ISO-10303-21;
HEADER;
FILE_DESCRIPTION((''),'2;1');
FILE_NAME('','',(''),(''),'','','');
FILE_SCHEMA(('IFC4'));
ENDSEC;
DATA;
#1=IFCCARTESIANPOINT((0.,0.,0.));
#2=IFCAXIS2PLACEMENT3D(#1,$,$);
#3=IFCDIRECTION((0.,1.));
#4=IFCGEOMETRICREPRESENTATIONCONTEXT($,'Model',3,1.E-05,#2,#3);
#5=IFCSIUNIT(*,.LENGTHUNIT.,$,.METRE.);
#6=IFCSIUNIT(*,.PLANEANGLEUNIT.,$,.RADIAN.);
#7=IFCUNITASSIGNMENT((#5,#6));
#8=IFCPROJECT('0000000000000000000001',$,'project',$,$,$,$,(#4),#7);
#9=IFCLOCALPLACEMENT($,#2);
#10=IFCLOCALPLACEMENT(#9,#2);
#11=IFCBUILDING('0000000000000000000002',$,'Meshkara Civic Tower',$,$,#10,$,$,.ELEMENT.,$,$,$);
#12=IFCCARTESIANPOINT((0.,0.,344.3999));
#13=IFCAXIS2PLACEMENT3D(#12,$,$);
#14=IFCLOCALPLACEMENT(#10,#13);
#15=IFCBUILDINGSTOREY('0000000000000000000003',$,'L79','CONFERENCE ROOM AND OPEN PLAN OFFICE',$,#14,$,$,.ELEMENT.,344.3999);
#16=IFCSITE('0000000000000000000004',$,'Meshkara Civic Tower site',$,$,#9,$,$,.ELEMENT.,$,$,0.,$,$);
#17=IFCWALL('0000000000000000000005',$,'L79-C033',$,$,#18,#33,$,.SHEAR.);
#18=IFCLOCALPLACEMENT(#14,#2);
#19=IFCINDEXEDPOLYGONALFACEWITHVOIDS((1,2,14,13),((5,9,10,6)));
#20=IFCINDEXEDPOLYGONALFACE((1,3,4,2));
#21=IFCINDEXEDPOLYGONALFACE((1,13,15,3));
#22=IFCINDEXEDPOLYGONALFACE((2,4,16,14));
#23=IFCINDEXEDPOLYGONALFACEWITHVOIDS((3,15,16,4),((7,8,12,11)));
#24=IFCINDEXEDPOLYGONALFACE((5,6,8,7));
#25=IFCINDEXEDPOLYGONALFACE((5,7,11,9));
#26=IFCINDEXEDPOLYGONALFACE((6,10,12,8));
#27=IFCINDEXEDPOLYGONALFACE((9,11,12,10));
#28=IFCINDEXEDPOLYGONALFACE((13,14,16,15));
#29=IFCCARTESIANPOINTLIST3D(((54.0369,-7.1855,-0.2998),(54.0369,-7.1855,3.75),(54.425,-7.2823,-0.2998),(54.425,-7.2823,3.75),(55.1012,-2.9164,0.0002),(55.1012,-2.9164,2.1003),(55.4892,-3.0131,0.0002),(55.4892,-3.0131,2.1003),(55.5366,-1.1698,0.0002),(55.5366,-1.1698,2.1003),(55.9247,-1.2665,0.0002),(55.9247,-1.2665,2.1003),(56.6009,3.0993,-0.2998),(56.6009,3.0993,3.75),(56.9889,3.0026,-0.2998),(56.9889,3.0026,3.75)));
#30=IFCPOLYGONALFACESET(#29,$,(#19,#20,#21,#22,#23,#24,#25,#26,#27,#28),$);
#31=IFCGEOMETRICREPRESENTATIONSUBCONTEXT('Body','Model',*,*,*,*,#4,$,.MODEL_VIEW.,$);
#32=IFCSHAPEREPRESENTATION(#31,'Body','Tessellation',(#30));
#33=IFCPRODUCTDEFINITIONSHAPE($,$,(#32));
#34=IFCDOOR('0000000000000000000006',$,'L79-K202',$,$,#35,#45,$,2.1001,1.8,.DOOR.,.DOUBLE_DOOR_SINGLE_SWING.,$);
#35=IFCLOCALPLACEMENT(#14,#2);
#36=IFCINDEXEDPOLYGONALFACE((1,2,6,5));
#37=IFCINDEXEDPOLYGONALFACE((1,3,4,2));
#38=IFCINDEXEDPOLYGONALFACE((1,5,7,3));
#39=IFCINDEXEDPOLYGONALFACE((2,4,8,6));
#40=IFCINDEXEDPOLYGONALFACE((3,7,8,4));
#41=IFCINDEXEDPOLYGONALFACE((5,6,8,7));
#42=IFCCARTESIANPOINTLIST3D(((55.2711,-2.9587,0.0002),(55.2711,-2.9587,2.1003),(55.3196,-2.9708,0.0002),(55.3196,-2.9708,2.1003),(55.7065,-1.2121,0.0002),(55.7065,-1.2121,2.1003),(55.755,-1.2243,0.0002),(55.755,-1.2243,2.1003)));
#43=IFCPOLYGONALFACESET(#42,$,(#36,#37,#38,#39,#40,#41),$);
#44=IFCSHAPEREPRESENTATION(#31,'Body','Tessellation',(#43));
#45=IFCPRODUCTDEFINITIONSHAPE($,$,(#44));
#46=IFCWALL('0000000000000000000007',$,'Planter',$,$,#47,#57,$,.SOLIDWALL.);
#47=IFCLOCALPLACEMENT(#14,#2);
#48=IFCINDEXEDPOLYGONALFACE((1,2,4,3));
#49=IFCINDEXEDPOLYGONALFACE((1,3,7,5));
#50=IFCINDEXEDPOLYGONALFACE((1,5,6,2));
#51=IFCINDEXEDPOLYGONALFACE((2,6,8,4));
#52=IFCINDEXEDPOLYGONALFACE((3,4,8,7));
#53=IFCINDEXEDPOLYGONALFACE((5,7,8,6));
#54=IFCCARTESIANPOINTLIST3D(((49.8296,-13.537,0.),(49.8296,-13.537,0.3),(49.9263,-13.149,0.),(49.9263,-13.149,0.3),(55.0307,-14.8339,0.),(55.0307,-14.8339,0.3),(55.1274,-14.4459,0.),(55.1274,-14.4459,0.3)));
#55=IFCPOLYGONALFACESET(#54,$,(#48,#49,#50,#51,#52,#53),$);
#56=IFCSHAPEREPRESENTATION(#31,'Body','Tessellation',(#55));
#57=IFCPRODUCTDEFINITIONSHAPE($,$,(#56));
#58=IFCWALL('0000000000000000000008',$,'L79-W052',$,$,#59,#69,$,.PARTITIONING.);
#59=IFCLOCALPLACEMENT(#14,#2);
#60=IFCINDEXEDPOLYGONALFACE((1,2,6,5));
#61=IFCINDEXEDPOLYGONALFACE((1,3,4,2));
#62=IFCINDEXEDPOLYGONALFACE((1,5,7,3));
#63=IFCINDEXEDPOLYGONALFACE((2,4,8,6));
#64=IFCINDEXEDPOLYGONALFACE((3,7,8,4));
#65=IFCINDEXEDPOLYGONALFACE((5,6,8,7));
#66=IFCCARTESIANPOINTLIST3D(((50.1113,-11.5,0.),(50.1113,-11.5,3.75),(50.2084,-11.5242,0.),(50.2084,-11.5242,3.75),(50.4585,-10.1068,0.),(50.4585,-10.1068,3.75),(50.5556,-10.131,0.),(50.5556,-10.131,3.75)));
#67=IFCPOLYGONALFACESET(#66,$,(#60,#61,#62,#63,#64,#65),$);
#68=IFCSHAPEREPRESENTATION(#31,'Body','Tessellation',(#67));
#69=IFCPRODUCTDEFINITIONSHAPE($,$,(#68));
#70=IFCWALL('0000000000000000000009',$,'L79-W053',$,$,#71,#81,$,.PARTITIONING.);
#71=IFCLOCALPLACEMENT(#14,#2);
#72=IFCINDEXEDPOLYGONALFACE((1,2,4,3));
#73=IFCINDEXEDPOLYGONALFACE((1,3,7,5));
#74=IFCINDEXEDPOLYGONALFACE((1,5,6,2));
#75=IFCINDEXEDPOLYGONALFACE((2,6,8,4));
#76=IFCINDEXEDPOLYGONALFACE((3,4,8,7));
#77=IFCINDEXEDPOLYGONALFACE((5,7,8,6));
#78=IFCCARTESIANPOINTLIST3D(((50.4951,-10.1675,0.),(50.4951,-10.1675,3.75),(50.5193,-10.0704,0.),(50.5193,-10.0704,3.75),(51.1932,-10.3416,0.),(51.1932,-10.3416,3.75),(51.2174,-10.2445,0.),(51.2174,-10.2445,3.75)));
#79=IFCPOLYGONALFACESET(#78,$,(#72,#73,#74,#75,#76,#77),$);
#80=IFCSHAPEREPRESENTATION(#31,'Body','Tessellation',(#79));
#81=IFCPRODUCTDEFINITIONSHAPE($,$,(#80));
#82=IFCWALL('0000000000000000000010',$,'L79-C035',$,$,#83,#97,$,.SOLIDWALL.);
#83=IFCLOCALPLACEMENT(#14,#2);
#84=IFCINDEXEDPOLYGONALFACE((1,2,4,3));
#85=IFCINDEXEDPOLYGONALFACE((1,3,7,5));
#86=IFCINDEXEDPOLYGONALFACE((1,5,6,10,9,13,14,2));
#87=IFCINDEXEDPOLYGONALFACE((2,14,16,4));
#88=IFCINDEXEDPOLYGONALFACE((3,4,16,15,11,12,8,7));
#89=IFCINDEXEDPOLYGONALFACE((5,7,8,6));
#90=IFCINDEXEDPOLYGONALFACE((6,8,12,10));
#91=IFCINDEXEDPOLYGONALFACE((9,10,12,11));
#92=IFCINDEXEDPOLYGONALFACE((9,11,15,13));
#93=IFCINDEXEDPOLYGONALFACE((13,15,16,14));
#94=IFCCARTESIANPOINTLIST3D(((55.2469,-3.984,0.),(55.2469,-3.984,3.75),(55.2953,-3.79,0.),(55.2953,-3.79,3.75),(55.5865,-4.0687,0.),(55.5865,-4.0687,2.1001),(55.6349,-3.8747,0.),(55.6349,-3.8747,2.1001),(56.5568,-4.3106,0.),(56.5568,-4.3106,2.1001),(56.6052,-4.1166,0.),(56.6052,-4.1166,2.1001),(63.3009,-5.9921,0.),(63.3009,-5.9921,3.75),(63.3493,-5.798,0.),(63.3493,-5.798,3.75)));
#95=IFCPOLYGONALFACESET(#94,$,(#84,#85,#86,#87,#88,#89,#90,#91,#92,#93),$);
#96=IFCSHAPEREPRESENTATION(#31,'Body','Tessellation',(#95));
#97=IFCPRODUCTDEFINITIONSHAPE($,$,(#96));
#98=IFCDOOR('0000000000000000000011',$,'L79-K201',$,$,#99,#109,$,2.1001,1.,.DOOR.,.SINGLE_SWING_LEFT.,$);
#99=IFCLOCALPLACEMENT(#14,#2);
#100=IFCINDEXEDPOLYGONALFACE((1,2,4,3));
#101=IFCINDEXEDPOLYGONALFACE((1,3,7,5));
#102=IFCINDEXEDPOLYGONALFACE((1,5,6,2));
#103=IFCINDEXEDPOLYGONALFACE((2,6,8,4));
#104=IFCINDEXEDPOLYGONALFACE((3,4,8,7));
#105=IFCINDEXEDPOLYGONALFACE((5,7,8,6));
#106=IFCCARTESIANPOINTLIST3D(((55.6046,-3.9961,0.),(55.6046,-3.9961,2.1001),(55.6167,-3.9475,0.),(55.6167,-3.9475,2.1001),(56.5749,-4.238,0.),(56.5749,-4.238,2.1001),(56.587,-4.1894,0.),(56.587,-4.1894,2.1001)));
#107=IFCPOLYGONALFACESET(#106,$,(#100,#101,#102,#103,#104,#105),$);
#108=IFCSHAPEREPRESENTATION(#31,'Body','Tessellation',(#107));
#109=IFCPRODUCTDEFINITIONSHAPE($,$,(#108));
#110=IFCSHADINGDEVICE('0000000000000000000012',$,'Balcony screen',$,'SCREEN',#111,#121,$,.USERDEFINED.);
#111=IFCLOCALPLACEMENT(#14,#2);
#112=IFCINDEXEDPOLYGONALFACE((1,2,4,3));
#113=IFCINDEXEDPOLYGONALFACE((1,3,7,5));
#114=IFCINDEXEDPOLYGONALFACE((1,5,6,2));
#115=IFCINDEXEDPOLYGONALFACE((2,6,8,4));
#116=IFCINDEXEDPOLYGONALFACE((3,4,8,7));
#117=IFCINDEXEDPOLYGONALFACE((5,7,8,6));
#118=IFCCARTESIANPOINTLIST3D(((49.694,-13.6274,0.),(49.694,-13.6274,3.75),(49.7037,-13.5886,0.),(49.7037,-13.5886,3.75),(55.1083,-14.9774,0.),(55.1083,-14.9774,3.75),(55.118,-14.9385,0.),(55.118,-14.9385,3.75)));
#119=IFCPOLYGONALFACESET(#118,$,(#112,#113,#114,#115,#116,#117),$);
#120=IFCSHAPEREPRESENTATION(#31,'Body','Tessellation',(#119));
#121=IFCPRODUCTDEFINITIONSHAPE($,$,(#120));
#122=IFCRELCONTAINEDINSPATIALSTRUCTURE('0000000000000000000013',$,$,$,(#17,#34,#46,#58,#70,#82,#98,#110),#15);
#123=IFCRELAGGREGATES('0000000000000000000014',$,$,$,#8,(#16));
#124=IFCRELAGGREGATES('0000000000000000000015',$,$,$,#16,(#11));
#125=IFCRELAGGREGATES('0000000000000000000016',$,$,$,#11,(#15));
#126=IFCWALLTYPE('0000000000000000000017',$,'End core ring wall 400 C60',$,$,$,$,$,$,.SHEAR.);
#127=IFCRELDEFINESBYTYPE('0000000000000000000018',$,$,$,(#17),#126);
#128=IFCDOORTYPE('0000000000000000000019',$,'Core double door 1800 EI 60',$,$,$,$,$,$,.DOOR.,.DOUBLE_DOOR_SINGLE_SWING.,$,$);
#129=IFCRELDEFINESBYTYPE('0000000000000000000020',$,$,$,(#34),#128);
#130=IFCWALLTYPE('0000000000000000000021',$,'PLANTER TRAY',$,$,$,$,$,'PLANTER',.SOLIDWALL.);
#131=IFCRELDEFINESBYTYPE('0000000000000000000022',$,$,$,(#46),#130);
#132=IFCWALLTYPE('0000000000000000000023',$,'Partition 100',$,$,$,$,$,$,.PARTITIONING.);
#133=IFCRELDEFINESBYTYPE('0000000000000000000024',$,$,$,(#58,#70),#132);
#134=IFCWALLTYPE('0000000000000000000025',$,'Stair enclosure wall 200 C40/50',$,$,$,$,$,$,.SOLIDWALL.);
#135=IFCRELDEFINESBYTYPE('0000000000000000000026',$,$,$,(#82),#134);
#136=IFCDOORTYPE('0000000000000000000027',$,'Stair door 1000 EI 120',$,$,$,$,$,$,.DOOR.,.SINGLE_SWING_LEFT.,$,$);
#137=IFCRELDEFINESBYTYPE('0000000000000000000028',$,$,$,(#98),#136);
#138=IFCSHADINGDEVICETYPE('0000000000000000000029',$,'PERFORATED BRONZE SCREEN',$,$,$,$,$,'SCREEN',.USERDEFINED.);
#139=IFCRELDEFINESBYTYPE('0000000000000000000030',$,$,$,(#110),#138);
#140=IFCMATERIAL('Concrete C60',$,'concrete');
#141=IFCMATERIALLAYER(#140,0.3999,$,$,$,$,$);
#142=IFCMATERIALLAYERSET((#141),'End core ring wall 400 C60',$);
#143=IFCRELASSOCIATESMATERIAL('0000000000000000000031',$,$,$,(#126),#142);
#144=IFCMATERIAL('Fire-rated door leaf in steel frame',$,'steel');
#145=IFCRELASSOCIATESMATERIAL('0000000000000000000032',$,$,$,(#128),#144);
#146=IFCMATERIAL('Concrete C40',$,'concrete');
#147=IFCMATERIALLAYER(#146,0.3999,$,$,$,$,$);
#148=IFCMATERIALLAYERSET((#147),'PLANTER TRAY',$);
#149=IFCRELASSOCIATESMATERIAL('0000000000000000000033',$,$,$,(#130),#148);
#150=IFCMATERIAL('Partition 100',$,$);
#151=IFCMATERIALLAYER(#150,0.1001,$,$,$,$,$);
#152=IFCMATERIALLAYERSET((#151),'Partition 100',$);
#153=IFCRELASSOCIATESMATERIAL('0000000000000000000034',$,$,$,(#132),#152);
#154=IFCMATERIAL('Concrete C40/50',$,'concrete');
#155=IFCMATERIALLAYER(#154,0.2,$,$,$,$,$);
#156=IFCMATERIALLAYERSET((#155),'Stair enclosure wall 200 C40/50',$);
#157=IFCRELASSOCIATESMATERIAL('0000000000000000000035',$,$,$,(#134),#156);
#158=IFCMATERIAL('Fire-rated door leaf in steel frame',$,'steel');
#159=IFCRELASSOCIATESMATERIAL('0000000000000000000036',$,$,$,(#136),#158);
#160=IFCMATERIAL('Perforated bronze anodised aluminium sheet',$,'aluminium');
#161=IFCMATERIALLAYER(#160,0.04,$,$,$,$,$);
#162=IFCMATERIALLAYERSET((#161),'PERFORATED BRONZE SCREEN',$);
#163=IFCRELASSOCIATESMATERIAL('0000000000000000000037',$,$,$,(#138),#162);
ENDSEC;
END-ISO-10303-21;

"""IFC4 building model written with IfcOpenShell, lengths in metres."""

from ifc_helpers import new_model, si_unit, direction, frame, frame_2d, origin, origin_2d, place, context, subcontext, project, spatial, rectangle, extrude, material, layer, layer_set, type_object, element, fill, save


model = new_model("IFC4")

# Units and contexts
model_context = context("Model", 3, precision=1e-05, world=origin(), true_north=direction((0.0, 1.0)))
body_context = subcontext(model_context, "Body", "Model", "MODEL_VIEW")
ifc_project = project(units=[si_unit("LENGTHUNIT", "METRE"), si_unit("PLANEANGLEUNIT", "RADIAN")], contexts=[model_context])

# Site, building, storey
site_placement = place(None, origin())
site = spatial("IfcSite", under=ifc_project, at=site_placement, Name="Meshkara Civic Tower site", CompositionType="ELEMENT", RefElevation=0.0)
building_placement = place(site_placement, origin())
building = spatial("IfcBuilding", under=site, at=building_placement, Name="Meshkara Civic Tower", CompositionType="ELEMENT")
storey_placement = place(building_placement, frame((0.0, 0.0, 344.3999)))
storey = spatial("IfcBuildingStorey", under=building, at=storey_placement, Name="L79", Description="CONFERENCE ROOM AND OPEN PLAN OFFICE", CompositionType="ELEMENT", Elevation=344.3999)

# Shared definitions
ifc_material_1 = material(Name="Concrete C60", Category="concrete")
ifc_layer_1 = layer(ifc_material_1, 0.3999)
ifc_layer_set_1 = layer_set([ifc_layer_1], Name="End core ring wall 400 C60")
wall_type_1 = type_object("IfcWallType", Name="End core ring wall 400 C60", PredefinedType="SHEAR", material=ifc_layer_set_1)

# Wall, opening, door
wall_1_placement = place(storey_placement, frame((54.231, -7.2339, -0.2998), z_axis=(0.0, 0.0, 1.0), x_axis=(0.241891, 0.970304, 0.0)))
wall_1 = element("IfcWall", 1, at=wall_1_placement, inside=storey, type_object=wall_type_1, Name="L79-C033", PredefinedType="SHEAR", context=body_context, shape_type="SweptSolid", body=[
    extrude(rectangle(XDim=10.5996, YDim=0.3999, at=frame_2d((5.2998, 0.0))), origin(), (0.0, 0.0, 1.0), 4.0498),
])
opening_1_placement = place(wall_1_placement, frame((4.3999, 0.0, 0.3)))
opening_1 = element("IfcOpeningElement", 2, at=opening_1_placement, cuts=wall_1, PredefinedType="OPENING", context=body_context, shape_type="SweptSolid", body=[
    extrude(rectangle(XDim=1.8, YDim=2.1001, at=frame_2d((0.8999, 1.05))), frame((0.0, 0.21, 0.0), z_axis=(0.0, -1.0, 0.0), x_axis=(1.0, 0.0, 0.0)), (0.0, 0.0, 1.0), 0.4199),
])
ifc_material_2 = material(Name="Fire-rated door leaf in steel frame", Category="steel")
door_type_1 = type_object("IfcDoorType", Name="Core double door 1800 EI 60", OperationType="DOUBLE_DOOR_SINGLE_SWING", PredefinedType="DOOR", material=ifc_material_2)
door_1_placement = place(opening_1_placement, origin())
door_1 = element("IfcDoor", 3, at=door_1_placement, inside=storey, type_object=door_type_1, Name="L79-K202", OperationType="DOUBLE_DOOR_SINGLE_SWING", OverallHeight=2.1001, OverallWidth=1.8, PredefinedType="DOOR", context=body_context, shape_type="SweptSolid", body=[
    extrude(rectangle(XDim=1.8, YDim=2.1001, at=frame_2d((0.8999, 1.05))), frame((0.0, 0.0249, 0.0), z_axis=(0.0, -1.0, 0.0), x_axis=(1.0, 0.0, 0.0)), (0.0, 0.0, 1.0), 0.05),
])
fill(opening_1, door_1)

# Walls
ifc_material_3 = material(Name="Concrete C40", Category="concrete")
ifc_layer_2 = layer(ifc_material_3, 0.3999)
ifc_layer_set_2 = layer_set([ifc_layer_2], Name="PLANTER TRAY")
wall_type_2 = type_object("IfcWallType", Name="PLANTER TRAY", ElementType="PLANTER", PredefinedType="SOLIDWALL", material=ifc_layer_set_2)
wall_2_placement = place(storey_placement, frame((49.8779, -13.343, 0.0), z_axis=(0.0, 0.0, 1.0), x_axis=(0.970292, -0.241935, 0.0)))
element("IfcWall", 4, at=wall_2_placement, inside=storey, type_object=wall_type_2, Name="Planter", PredefinedType="SOLIDWALL", context=body_context, shape_type="SweptSolid", body=[
    extrude(rectangle(XDim=5.3604, YDim=0.3999, at=frame_2d((2.6802, 0.0))), origin(), (0.0, 0.0, 1.0), 0.3),
])
ifc_material_4 = material(Name="Partition 100")
ifc_layer_3 = layer(ifc_material_4, 0.1001)
ifc_layer_set_3 = layer_set([ifc_layer_3], Name="Partition 100")
wall_type_3 = type_object("IfcWallType", Name="Partition 100", PredefinedType="PARTITIONING", material=ifc_layer_set_3)
wall_3_placement = place(storey_placement, frame((50.1599, -11.512, 0.0), z_axis=(0.0, 0.0, 1.0), x_axis=(0.241815, 0.970322, 0.0)))
element("IfcWall", 5, at=wall_3_placement, inside=storey, type_object=wall_type_3, Name="L79-W052", PredefinedType="PARTITIONING", context=body_context, shape_type="SweptSolid", body=[
    extrude(rectangle(XDim=1.4358, YDim=0.1001, at=frame_2d((0.7178, 0.0))), origin(), (0.0, 0.0, 1.0), 3.75),
])
wall_4_placement = place(storey_placement, frame((50.5071, -10.1189, 0.0), z_axis=(0.0, 0.0, 1.0), x_axis=(0.970282, -0.241977, 0.0)))
element("IfcWall", 6, at=wall_4_placement, inside=storey, type_object=wall_type_3, Name="L79-W053", PredefinedType="PARTITIONING", context=body_context, shape_type="SweptSolid", body=[
    extrude(rectangle(XDim=0.7195, YDim=0.1001, at=frame_2d((0.3599, 0.0))), origin(), (0.0, 0.0, 1.0), 3.75),
])

# Wall, opening, door
ifc_material_5 = material(Name="Concrete C40/50", Category="concrete")
ifc_layer_4 = layer(ifc_material_5, 0.2)
ifc_layer_set_4 = layer_set([ifc_layer_4], Name="Stair enclosure wall 200 C40/50")
wall_type_4 = type_object("IfcWallType", Name="Stair enclosure wall 200 C40/50", PredefinedType="SOLIDWALL", material=ifc_layer_set_4)
wall_5_placement = place(storey_placement, frame((55.271, -3.887, 0.0), z_axis=(0.0, 0.0, 1.0), x_axis=(0.970296, -0.24192, 0.0)))
wall_5 = element("IfcWall", 7, at=wall_5_placement, inside=storey, type_object=wall_type_4, Name="L79-C035", PredefinedType="SOLIDWALL", context=body_context, shape_type="SweptSolid", body=[
    extrude(rectangle(XDim=8.3005, YDim=0.2, at=frame_2d((4.1504, 0.0))), origin(), (0.0, 0.0, 1.0), 3.75),
])
opening_2_placement = place(wall_5_placement, frame((0.3501, 0.0, 0.0)))
opening_2 = element("IfcOpeningElement", 8, at=opening_2_placement, cuts=wall_5, PredefinedType="OPENING", context=body_context, shape_type="SweptSolid", body=[
    extrude(rectangle(XDim=1.0, YDim=2.1001, at=frame_2d((0.5, 1.05))), frame((0.0, 0.1099, 0.0), z_axis=(0.0, -1.0, 0.0), x_axis=(1.0, 0.0, 0.0)), (0.0, 0.0, 1.0), 0.22),
])
ifc_material_6 = material(Name="Fire-rated door leaf in steel frame", Category="steel")
door_type_2 = type_object("IfcDoorType", Name="Stair door 1000 EI 120", OperationType="SINGLE_SWING_LEFT", PredefinedType="DOOR", material=ifc_material_6)
door_2_placement = place(opening_2_placement, origin())
door_2 = element("IfcDoor", 9, at=door_2_placement, inside=storey, type_object=door_type_2, Name="L79-K201", OperationType="SINGLE_SWING_LEFT", OverallHeight=2.1001, OverallWidth=1.0, PredefinedType="DOOR", context=body_context, shape_type="SweptSolid", body=[
    extrude(rectangle(XDim=1.0, YDim=2.1001, at=frame_2d((0.5, 1.05))), frame((0.0, 0.0249, 0.0), z_axis=(0.0, -1.0, 0.0), x_axis=(1.0, 0.0, 0.0)), (0.0, 0.0, 1.0), 0.05),
])
fill(opening_2, door_2)

# Shading device
ifc_material_7 = material(Name="Perforated bronze anodised aluminium sheet", Category="aluminium")
ifc_layer_5 = layer(ifc_material_7, 0.04)
ifc_layer_set_5 = layer_set([ifc_layer_5], Name="PERFORATED BRONZE SCREEN")
shading_device_type = type_object("IfcShadingDeviceType", Name="PERFORATED BRONZE SCREEN", ElementType="SCREEN", PredefinedType="USERDEFINED", material=ifc_layer_set_5)
shading_device_placement = place(storey_placement, frame((52.406, -14.283, 0.0), z_axis=(0.0, 0.0, 1.0), x_axis=(0.970296, -0.241922, 0.0)))
element("IfcShadingDevice", 10, at=shading_device_placement, inside=storey, type_object=shading_device_type, Name="Balcony screen", ObjectType="SCREEN", PredefinedType="USERDEFINED", context=body_context, shape_type="SweptSolid", body=[
    extrude(rectangle(XDim=5.5801, YDim=0.04, at=origin_2d()), origin(), (0.0, 0.0, 1.0), 3.75),
])

save(model, "model.ifc")
